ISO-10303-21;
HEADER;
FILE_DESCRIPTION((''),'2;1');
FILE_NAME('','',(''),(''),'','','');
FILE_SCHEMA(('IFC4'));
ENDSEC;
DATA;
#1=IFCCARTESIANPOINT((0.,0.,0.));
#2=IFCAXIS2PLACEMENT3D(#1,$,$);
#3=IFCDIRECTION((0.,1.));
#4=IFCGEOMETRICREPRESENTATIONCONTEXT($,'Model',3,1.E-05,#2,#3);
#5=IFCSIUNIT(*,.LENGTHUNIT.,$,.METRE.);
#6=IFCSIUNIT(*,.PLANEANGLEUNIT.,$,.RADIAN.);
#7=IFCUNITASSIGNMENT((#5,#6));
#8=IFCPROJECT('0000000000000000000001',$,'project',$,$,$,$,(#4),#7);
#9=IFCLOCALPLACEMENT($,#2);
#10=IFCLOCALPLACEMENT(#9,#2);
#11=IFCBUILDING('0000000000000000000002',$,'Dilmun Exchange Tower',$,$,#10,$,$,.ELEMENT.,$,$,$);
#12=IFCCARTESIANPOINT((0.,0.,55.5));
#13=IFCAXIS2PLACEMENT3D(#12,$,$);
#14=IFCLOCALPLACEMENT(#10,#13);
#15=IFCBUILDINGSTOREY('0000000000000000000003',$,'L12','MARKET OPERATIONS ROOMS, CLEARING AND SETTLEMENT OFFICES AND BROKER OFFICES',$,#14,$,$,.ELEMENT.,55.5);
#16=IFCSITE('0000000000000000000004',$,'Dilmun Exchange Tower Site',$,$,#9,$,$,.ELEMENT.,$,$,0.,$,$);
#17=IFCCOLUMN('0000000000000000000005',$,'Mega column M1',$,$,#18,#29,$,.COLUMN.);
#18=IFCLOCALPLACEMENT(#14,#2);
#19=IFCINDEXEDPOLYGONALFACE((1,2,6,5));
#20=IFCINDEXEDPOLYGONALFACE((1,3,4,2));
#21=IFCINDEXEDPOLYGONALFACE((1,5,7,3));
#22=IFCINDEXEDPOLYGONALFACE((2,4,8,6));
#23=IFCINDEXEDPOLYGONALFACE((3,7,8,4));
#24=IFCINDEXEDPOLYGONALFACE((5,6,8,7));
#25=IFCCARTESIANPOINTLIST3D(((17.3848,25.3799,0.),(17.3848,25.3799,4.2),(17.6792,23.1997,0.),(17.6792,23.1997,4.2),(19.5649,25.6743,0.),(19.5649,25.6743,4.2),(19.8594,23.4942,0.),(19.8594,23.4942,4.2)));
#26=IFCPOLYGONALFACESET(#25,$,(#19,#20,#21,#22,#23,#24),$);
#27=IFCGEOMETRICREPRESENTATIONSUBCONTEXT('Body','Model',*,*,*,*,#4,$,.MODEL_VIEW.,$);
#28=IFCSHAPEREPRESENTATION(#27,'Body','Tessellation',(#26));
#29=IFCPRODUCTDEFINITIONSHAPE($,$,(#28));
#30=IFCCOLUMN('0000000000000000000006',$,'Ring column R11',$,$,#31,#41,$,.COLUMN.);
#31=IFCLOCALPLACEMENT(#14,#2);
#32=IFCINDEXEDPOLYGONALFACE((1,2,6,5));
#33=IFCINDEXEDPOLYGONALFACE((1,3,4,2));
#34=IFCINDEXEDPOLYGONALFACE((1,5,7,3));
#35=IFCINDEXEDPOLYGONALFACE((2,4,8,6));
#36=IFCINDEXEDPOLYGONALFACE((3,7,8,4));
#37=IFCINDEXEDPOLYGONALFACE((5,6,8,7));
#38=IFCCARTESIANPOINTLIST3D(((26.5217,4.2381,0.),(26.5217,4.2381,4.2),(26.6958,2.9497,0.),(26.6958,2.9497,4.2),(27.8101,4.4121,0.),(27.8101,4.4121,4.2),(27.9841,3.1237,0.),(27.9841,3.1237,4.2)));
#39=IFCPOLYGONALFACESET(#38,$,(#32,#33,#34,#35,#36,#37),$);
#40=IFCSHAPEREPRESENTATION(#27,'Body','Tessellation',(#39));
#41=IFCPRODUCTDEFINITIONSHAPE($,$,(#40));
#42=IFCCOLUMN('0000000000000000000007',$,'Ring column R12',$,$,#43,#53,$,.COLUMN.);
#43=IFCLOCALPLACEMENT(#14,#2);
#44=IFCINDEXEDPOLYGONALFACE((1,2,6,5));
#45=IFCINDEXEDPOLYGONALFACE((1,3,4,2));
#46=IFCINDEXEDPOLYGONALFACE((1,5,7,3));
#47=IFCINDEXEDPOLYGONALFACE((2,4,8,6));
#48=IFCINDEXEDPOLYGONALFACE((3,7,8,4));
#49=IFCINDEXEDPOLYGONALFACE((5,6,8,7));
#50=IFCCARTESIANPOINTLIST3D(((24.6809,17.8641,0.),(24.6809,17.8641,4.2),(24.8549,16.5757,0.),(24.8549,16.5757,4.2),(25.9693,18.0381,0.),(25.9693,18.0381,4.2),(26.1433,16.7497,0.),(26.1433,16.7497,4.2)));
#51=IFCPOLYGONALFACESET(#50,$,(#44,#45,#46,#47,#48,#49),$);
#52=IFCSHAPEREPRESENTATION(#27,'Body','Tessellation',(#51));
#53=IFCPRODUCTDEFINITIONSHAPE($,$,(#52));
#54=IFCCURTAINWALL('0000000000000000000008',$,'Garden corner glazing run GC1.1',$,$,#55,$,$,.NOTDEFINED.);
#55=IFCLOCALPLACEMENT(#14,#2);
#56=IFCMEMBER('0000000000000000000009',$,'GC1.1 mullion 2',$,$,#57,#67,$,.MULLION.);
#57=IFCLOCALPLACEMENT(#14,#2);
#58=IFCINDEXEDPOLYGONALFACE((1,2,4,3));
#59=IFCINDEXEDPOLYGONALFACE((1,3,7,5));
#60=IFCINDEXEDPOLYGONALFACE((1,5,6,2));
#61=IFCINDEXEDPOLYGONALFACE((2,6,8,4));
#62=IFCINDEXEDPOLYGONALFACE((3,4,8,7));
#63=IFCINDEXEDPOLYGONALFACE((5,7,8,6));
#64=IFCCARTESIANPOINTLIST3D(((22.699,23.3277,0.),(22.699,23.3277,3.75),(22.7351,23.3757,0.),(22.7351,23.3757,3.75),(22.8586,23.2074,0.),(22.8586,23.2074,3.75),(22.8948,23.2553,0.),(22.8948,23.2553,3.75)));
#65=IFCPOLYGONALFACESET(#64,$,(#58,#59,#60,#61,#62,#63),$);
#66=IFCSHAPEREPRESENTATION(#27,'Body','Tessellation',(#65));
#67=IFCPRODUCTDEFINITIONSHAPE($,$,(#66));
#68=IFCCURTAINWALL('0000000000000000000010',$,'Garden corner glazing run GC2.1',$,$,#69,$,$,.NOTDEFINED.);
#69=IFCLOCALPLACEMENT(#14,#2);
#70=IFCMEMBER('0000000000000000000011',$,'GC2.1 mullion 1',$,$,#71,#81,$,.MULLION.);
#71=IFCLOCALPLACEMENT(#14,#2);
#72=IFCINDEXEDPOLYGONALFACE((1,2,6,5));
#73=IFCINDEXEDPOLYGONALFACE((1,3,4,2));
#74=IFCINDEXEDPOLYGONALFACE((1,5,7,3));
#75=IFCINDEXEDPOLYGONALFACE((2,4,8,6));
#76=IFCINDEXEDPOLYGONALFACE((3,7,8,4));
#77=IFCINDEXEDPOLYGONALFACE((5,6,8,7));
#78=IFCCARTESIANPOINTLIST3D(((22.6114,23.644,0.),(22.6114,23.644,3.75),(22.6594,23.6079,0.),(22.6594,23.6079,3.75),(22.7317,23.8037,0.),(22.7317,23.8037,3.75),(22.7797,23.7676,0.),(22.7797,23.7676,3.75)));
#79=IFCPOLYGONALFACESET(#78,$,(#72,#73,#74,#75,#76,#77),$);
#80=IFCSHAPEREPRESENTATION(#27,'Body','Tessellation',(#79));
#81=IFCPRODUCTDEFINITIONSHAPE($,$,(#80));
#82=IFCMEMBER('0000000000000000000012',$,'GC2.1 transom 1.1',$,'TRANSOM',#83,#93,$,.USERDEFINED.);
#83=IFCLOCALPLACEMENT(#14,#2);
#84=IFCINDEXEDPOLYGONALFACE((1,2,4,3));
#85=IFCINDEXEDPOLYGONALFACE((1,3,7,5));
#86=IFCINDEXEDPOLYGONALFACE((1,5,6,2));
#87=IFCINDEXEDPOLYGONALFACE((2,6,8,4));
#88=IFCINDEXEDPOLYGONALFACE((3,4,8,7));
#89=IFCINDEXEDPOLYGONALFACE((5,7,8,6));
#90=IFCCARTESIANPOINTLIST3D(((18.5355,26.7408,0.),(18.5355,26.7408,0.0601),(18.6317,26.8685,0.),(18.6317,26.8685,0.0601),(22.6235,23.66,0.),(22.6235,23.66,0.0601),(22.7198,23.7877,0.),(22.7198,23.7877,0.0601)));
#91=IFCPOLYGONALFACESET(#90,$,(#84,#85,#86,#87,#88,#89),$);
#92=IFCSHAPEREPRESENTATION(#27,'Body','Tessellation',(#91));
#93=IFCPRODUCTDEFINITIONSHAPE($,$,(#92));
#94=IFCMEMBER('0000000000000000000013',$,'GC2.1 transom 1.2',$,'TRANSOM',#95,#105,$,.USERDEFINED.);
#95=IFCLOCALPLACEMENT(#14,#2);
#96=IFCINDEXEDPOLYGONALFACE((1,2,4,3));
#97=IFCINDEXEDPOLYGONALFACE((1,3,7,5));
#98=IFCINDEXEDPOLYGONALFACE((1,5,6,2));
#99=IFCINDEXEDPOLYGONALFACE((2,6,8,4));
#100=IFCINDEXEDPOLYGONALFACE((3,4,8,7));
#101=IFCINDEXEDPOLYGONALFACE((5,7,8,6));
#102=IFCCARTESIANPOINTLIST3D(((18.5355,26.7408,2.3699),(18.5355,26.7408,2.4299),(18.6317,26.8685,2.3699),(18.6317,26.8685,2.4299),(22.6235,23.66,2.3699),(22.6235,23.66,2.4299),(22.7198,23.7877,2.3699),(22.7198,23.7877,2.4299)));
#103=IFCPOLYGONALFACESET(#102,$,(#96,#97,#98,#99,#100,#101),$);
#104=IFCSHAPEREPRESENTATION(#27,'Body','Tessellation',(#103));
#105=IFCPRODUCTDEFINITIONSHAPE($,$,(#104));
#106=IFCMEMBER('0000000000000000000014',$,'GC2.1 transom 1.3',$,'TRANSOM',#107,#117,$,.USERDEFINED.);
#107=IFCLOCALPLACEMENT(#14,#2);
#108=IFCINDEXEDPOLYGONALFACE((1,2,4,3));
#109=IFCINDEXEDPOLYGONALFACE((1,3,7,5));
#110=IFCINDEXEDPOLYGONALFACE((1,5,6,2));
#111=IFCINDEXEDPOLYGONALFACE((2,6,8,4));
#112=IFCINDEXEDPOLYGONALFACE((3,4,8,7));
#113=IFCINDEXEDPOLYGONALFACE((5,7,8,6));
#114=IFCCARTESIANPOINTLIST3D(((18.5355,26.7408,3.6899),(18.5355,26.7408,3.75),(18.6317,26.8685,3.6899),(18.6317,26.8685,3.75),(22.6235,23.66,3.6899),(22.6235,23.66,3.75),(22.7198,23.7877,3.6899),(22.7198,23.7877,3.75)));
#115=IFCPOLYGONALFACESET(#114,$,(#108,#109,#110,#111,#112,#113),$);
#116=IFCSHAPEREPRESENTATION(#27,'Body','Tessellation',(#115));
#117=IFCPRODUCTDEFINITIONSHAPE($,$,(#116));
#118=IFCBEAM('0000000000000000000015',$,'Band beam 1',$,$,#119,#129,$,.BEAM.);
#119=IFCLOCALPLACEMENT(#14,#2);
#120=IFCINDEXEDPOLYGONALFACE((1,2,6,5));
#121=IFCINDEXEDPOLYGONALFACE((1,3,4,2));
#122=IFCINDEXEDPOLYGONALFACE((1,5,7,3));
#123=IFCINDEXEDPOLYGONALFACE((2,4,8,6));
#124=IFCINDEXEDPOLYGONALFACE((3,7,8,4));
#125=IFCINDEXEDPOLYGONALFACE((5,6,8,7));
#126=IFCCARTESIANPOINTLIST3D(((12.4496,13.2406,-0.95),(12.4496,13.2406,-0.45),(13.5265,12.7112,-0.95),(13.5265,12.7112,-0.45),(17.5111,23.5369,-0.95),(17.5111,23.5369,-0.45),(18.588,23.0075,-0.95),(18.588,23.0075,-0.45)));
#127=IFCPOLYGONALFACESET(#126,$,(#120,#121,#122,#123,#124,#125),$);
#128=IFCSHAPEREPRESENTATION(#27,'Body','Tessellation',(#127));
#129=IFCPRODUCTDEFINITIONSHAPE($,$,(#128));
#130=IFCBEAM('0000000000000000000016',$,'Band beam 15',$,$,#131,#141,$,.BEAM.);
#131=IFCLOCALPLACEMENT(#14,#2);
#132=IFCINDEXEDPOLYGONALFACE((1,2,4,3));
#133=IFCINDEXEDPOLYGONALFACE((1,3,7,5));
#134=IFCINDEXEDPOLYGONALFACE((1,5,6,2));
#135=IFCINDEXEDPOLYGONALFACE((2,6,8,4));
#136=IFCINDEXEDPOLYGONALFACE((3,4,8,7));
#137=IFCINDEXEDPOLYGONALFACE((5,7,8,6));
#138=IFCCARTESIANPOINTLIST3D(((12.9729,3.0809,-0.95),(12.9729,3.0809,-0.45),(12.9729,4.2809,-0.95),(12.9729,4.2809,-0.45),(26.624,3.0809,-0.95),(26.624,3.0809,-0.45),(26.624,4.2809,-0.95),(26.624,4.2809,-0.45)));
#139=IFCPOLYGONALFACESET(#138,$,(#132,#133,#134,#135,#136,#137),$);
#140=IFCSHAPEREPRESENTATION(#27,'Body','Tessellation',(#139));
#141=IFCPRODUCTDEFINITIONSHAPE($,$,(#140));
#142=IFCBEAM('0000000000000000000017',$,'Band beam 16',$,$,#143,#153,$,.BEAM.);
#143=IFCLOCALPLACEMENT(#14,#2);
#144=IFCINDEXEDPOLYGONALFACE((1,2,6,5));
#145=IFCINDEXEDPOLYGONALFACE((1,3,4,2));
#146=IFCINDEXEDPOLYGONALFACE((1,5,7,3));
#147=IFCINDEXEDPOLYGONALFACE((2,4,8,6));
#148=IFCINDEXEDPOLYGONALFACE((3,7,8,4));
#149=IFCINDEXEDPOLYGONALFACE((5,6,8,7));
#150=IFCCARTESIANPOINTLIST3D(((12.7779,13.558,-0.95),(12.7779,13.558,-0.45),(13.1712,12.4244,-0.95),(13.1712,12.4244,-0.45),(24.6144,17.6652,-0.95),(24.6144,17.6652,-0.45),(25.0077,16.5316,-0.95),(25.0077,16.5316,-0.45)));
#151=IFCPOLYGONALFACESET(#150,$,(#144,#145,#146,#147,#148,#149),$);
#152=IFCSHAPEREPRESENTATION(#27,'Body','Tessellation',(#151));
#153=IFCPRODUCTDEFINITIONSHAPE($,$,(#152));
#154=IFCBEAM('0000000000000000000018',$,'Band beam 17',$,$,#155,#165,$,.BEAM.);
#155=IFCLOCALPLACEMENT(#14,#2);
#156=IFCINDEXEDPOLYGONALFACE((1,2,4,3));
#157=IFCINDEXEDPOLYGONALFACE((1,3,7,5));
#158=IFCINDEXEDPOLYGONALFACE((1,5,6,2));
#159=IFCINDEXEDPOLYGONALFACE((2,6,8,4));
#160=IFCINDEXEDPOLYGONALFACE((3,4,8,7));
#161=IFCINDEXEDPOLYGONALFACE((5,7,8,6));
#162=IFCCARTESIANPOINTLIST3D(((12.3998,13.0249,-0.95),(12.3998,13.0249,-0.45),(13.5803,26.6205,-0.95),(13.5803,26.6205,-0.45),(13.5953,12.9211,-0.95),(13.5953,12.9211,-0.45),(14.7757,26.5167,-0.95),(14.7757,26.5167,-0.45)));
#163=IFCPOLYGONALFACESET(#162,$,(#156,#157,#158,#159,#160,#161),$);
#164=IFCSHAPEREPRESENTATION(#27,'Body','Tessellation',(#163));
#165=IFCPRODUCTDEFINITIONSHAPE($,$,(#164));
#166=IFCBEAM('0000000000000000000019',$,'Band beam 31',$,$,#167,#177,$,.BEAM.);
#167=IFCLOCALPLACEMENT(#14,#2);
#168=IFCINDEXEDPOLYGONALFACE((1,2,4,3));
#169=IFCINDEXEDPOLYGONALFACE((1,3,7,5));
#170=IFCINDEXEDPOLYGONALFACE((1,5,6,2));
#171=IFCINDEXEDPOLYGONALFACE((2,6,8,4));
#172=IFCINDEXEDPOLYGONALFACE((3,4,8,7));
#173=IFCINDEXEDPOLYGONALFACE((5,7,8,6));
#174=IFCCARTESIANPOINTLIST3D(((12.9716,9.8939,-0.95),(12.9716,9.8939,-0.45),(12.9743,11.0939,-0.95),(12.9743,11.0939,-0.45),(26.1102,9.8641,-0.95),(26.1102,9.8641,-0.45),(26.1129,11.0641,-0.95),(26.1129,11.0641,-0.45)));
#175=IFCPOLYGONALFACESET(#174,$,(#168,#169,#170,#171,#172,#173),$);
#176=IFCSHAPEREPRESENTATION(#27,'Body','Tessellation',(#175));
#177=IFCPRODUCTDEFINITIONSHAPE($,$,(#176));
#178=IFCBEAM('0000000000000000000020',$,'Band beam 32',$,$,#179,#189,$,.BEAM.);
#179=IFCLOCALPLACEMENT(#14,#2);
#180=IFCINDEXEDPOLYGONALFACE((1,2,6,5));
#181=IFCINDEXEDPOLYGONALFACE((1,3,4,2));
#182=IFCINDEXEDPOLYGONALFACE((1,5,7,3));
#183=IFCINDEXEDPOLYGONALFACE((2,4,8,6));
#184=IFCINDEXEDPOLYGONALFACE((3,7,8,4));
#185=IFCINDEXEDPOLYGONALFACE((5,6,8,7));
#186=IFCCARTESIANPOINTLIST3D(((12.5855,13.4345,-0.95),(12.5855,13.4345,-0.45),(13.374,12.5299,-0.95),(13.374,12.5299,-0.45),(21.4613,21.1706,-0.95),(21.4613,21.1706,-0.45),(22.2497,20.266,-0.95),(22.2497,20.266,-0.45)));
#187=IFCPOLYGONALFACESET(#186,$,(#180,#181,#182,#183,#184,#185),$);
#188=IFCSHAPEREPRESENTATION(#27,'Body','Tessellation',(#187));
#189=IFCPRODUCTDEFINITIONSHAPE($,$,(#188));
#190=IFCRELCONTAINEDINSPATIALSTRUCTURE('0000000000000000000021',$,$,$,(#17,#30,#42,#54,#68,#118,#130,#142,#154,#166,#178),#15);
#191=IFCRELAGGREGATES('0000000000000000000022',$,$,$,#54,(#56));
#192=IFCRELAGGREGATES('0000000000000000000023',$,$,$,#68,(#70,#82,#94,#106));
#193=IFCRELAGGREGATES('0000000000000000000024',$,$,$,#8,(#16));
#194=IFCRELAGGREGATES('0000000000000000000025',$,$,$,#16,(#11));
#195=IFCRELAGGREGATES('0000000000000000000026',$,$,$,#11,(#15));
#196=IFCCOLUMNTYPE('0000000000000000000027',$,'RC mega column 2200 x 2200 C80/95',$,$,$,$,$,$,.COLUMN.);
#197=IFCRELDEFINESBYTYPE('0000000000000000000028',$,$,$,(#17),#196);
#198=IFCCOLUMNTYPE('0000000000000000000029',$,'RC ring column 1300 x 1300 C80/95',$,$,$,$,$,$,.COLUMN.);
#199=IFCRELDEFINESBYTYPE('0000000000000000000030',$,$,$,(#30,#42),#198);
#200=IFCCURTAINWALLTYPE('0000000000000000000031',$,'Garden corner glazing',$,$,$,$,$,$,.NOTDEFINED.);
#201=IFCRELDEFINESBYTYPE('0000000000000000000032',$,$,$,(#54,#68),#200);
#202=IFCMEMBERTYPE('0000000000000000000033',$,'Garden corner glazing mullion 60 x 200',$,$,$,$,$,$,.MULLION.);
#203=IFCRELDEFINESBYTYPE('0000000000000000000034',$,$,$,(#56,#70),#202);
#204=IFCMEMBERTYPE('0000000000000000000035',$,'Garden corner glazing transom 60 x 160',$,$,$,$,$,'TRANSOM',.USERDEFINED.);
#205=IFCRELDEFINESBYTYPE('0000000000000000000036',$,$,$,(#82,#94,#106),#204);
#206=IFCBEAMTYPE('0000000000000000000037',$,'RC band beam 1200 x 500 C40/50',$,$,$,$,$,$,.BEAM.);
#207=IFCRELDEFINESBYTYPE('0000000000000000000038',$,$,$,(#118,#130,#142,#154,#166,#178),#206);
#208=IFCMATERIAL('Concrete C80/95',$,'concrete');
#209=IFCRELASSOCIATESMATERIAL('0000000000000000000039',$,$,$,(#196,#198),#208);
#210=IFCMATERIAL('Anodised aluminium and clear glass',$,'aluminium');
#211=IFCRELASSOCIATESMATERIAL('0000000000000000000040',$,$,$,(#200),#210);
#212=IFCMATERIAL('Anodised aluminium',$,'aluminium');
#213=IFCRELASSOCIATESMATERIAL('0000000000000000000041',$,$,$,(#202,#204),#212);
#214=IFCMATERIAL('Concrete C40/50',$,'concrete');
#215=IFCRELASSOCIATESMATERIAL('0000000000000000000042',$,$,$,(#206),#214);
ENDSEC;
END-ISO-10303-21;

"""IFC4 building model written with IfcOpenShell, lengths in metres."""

from ifc_helpers import new_model, si_unit, direction, frame, origin, origin_2d, place, context, subcontext, project, spatial, rectangle, extrude, material, material_profile, profile_set, type_object, element, aggregate, save


model = new_model("IFC4")

# Units and contexts
model_context = context("Model", 3, precision=1e-05, world=origin(), true_north=direction((0.0, 1.0)))
body_context = subcontext(model_context, "Body", "Model", "MODEL_VIEW")
ifc_project = project(units=[si_unit("LENGTHUNIT", "METRE"), si_unit("PLANEANGLEUNIT", "RADIAN")], contexts=[model_context])

# Site, building, storey
site_placement = place(None, origin())
site = spatial("IfcSite", under=ifc_project, at=site_placement, Name="Dilmun Exchange Tower Site", CompositionType="ELEMENT", RefElevation=0.0)
building_placement = place(site_placement, origin())
building = spatial("IfcBuilding", under=site, at=building_placement, Name="Dilmun Exchange Tower", CompositionType="ELEMENT")
storey_placement = place(building_placement, frame((0.0, 0.0, 55.5)))
storey = spatial("IfcBuildingStorey", under=building, at=storey_placement, Name="L12", Description="MARKET OPERATIONS ROOMS, CLEARING AND SETTLEMENT OFFICES AND BROKER OFFICES", CompositionType="ELEMENT", Elevation=55.5)

# Columns
ifc_material_1 = material(Name="Concrete C80/95", Category="concrete")
ifc_material_profile_1 = material_profile(ifc_material_1, rectangle(XDim=2.2, YDim=2.2, at=origin_2d()), Name="2200 x 2200")
ifc_profile_set_1 = profile_set([ifc_material_profile_1], Name="Concrete C80/95")
column_type_1 = type_object("IfcColumnType", Name="RC mega column 2200 x 2200 C80/95", PredefinedType="COLUMN", material=ifc_profile_set_1)
column_placement = place(storey_placement, frame((18.6221, 24.437, 0.0), z_axis=(0.0, 0.0, 1.0), x_axis=(0.991001, 0.133853, 0.0)))
element("IfcColumn", 1, at=column_placement, inside=storey, type_object=column_type_1, Name="Mega column M1", PredefinedType="COLUMN", context=body_context, shape_type="SweptSolid", body=[
    extrude(rectangle(XDim=2.2, YDim=2.2, at=origin_2d()), origin(), (0.0, 0.0, 1.0), 4.2),
])
ifc_material_profile_2 = material_profile(ifc_material_1, rectangle(XDim=1.3, YDim=1.3, at=origin_2d()), Name="1300 x 1300")
ifc_profile_set_2 = profile_set([ifc_material_profile_2], Name="Concrete C80/95")
column_type_2 = type_object("IfcColumnType", Name="RC ring column 1300 x 1300 C80/95", PredefinedType="COLUMN", material=ifc_profile_set_2)
for number, where, z_axis, x_axis, name in (
    (2, (27.2529, 3.6809, 0.0), (0.0, 0.0, 1.0), (0.991001, 0.133853, 0.0), "Ring column R11"),
    (3, (25.4121, 17.3069, 0.0), (0.0, 0.0, 1.0), (0.991001, 0.133853, 0.0), "Ring column R12"),
):
    element("IfcColumn", number, at=place(storey_placement, frame(where, z_axis=z_axis, x_axis=x_axis)), inside=storey, type_object=column_type_2, Name=name, PredefinedType="COLUMN", context=body_context, shape_type="SweptSolid", body=[
        extrude(rectangle(XDim=1.3, YDim=1.3, at=origin_2d()), origin(), (0.0, 0.0, 1.0), 4.2),
    ])

# Curtain wall, member
ifc_material_2 = material(Name="Anodised aluminium and clear glass", Category="aluminium")
curtain_wall_type = type_object("IfcCurtainWallType", Name="Garden corner glazing", PredefinedType="NOTDEFINED", material=ifc_material_2)
curtain_wall_1_placement = place(storey_placement, origin())
curtain_wall_1 = element("IfcCurtainWall", 4, at=curtain_wall_1_placement, inside=storey, type_object=curtain_wall_type, Name="Garden corner glazing run GC1.1", PredefinedType="NOTDEFINED")
ifc_material_3 = material(Name="Anodised aluminium", Category="aluminium")
ifc_material_profile_3 = material_profile(ifc_material_3, rectangle(XDim=0.2, YDim=0.0601, at=origin_2d()), Name="AL 60x200")
ifc_profile_set_3 = profile_set([ifc_material_profile_3], Name="Anodised aluminium")
member_type_1 = type_object("IfcMemberType", Name="Garden corner glazing mullion 60 x 200", PredefinedType="MULLION", material=ifc_profile_set_3)
member_1_placement = place(storey_placement, frame((22.7969, 23.2915, 0.0), z_axis=(0.0, 0.0, 1.0), x_axis=(0.798634, -0.601817, 0.0)))
member_1 = element("IfcMember", 5, at=member_1_placement, type_object=member_type_1, Name="GC1.1 mullion 2", PredefinedType="MULLION", context=body_context, shape_type="SweptSolid", body=[
    extrude(rectangle(XDim=0.2, YDim=0.0601, at=origin_2d()), origin(), (0.0, 0.0, 1.0), 3.75),
])

# Curtain wall, members
curtain_wall_2_placement = place(storey_placement, origin())
curtain_wall_2 = element("IfcCurtainWall", 6, at=curtain_wall_2_placement, inside=storey, type_object=curtain_wall_type, Name="Garden corner glazing run GC2.1", PredefinedType="NOTDEFINED")
member_2_placement = place(storey_placement, frame((22.6956, 23.7058, 0.0), z_axis=(0.0, 0.0, 1.0), x_axis=(-0.601822, -0.798631, 0.0)))
member_2 = element("IfcMember", 7, at=member_2_placement, type_object=member_type_1, Name="GC2.1 mullion 1", PredefinedType="MULLION", context=body_context, shape_type="SweptSolid", body=[
    extrude(rectangle(XDim=0.2, YDim=0.0601, at=origin_2d()), origin(), (0.0, 0.0, 1.0), 3.75),
])
ifc_material_profile_4 = material_profile(ifc_material_3, rectangle(XDim=0.1599, YDim=0.0601, at=origin_2d()), Name="AL 60x160")
ifc_profile_set_4 = profile_set([ifc_material_profile_4], Name="Anodised aluminium")
member_type_2 = type_object("IfcMemberType", Name="Garden corner glazing transom 60 x 160", ElementType="TRANSOM", PredefinedType="USERDEFINED", material=ifc_profile_set_4)
member_3_placement = place(storey_placement, frame((22.6716, 23.7239, 0.03), z_axis=(-0.798619, 0.601837, 0.0), x_axis=(-0.601837, -0.798619, 0.0)))
member_3 = element("IfcMember", 8, at=member_3_placement, type_object=member_type_2, Name="GC2.1 transom 1.1", ObjectType="TRANSOM", PredefinedType="USERDEFINED", context=body_context, shape_type="SweptSolid", body=[
    extrude(rectangle(XDim=0.1599, YDim=0.0601, at=origin_2d()), origin(), (0.0, 0.0, 1.0), 5.1189),
])
member_4_placement = place(storey_placement, frame((22.6716, 23.7239, 2.3999), z_axis=(-0.798619, 0.601837, 0.0), x_axis=(-0.601837, -0.798619, 0.0)))
member_4 = element("IfcMember", 9, at=member_4_placement, type_object=member_type_2, Name="GC2.1 transom 1.2", ObjectType="TRANSOM", PredefinedType="USERDEFINED", context=body_context, shape_type="SweptSolid", body=[
    extrude(rectangle(XDim=0.1599, YDim=0.0601, at=origin_2d()), origin(), (0.0, 0.0, 1.0), 5.1189),
])
member_5_placement = place(storey_placement, frame((22.6716, 23.7239, 3.72), z_axis=(-0.798619, 0.601837, 0.0), x_axis=(-0.601837, -0.798619, 0.0)))
member_5 = element("IfcMember", 10, at=member_5_placement, type_object=member_type_2, Name="GC2.1 transom 1.3", ObjectType="TRANSOM", PredefinedType="USERDEFINED", context=body_context, shape_type="SweptSolid", body=[
    extrude(rectangle(XDim=0.1599, YDim=0.0601, at=origin_2d()), origin(), (0.0, 0.0, 1.0), 5.1189),
])

# Beams
ifc_material_4 = material(Name="Concrete C40/50", Category="concrete")
ifc_material_profile_5 = material_profile(ifc_material_4, rectangle(XDim=1.2, YDim=0.5, at=origin_2d()), Name="1200 x 500")
ifc_profile_set_5 = profile_set([ifc_material_profile_5], Name="Concrete C40/50")
beam_type_1 = type_object("IfcBeamType", Name="RC band beam 1200 x 500 C40/50", PredefinedType="BEAM", material=ifc_profile_set_5)
beam_1_placement = place(storey_placement, frame((18.0496, 23.2722, -0.7), z_axis=(-0.44116, -0.897428, 0.0), x_axis=(0.897428, -0.44116, 0.0)))
element("IfcBeam", 11, at=beam_1_placement, inside=storey, type_object=beam_type_1, Name="Band beam 1", PredefinedType="BEAM", context=body_context, shape_type="SweptSolid", body=[
    extrude(rectangle(XDim=1.2, YDim=0.5, at=origin_2d()), origin(), (0.0, 0.0, 1.0), 11.4731),
])
beam_2_placement = place(storey_placement, frame((26.624, 3.6809, -0.7), z_axis=(-1.0, 0.0, 0.0), x_axis=(0.0, -1.0, 0.0)))
element("IfcBeam", 12, at=beam_2_placement, inside=storey, type_object=beam_type_1, Name="Band beam 15", PredefinedType="BEAM", context=body_context, shape_type="SweptSolid", body=[
    extrude(rectangle(XDim=1.2, YDim=0.5, at=origin_2d()), origin(), (0.0, 0.0, 1.0), 13.6511),
])
beam_3_placement = place(storey_placement, frame((24.811, 17.0984, -0.7), z_axis=(-0.94474, -0.32782, 0.0), x_axis=(0.32782, -0.94474, 0.0)))
element("IfcBeam", 13, at=beam_3_placement, inside=storey, type_object=beam_type_1, Name="Band beam 16", PredefinedType="BEAM", context=body_context, shape_type="SweptSolid", body=[
    extrude(rectangle(XDim=1.2, YDim=0.5, at=origin_2d()), origin(), (0.0, 0.0, 1.0), 12.5288),
])
beam_4_placement = place(storey_placement, frame((14.178, 26.5686, -0.7), z_axis=(-0.086499, -0.996252, 0.0), x_axis=(0.996252, -0.086499, 0.0)))
element("IfcBeam", 14, at=beam_4_placement, inside=storey, type_object=beam_type_1, Name="Band beam 17", PredefinedType="BEAM", context=body_context, shape_type="SweptSolid", body=[
    extrude(rectangle(XDim=1.2, YDim=0.5, at=origin_2d()), origin(), (0.0, 0.0, 1.0), 13.6467),
])
beam_5_placement = place(storey_placement, frame((26.1116, 10.4641, -0.7), z_axis=(-0.999997, 0.002267, 0.0), x_axis=(-0.002267, -0.999997, 0.0)))
element("IfcBeam", 15, at=beam_5_placement, inside=storey, type_object=beam_type_1, Name="Band beam 31", PredefinedType="BEAM", context=body_context, shape_type="SweptSolid", body=[
    extrude(rectangle(XDim=1.2, YDim=0.5, at=origin_2d()), origin(), (0.0, 0.0, 1.0), 13.1387),
])
beam_6_placement = place(storey_placement, frame((21.8555, 20.7183, -0.7), z_axis=(-0.753846, -0.657052, 0.0), x_axis=(0.657052, -0.753846, 0.0)))
element("IfcBeam", 16, at=beam_6_placement, inside=storey, type_object=beam_type_1, Name="Band beam 32", PredefinedType="BEAM", context=body_context, shape_type="SweptSolid", body=[
    extrude(rectangle(XDim=1.2, YDim=0.5, at=origin_2d()), origin(), (0.0, 0.0, 1.0), 11.7739),
])

aggregate(curtain_wall_1, [member_1])
aggregate(curtain_wall_2, [member_2, member_3, member_4, member_5])

save(model, "model.ifc")
